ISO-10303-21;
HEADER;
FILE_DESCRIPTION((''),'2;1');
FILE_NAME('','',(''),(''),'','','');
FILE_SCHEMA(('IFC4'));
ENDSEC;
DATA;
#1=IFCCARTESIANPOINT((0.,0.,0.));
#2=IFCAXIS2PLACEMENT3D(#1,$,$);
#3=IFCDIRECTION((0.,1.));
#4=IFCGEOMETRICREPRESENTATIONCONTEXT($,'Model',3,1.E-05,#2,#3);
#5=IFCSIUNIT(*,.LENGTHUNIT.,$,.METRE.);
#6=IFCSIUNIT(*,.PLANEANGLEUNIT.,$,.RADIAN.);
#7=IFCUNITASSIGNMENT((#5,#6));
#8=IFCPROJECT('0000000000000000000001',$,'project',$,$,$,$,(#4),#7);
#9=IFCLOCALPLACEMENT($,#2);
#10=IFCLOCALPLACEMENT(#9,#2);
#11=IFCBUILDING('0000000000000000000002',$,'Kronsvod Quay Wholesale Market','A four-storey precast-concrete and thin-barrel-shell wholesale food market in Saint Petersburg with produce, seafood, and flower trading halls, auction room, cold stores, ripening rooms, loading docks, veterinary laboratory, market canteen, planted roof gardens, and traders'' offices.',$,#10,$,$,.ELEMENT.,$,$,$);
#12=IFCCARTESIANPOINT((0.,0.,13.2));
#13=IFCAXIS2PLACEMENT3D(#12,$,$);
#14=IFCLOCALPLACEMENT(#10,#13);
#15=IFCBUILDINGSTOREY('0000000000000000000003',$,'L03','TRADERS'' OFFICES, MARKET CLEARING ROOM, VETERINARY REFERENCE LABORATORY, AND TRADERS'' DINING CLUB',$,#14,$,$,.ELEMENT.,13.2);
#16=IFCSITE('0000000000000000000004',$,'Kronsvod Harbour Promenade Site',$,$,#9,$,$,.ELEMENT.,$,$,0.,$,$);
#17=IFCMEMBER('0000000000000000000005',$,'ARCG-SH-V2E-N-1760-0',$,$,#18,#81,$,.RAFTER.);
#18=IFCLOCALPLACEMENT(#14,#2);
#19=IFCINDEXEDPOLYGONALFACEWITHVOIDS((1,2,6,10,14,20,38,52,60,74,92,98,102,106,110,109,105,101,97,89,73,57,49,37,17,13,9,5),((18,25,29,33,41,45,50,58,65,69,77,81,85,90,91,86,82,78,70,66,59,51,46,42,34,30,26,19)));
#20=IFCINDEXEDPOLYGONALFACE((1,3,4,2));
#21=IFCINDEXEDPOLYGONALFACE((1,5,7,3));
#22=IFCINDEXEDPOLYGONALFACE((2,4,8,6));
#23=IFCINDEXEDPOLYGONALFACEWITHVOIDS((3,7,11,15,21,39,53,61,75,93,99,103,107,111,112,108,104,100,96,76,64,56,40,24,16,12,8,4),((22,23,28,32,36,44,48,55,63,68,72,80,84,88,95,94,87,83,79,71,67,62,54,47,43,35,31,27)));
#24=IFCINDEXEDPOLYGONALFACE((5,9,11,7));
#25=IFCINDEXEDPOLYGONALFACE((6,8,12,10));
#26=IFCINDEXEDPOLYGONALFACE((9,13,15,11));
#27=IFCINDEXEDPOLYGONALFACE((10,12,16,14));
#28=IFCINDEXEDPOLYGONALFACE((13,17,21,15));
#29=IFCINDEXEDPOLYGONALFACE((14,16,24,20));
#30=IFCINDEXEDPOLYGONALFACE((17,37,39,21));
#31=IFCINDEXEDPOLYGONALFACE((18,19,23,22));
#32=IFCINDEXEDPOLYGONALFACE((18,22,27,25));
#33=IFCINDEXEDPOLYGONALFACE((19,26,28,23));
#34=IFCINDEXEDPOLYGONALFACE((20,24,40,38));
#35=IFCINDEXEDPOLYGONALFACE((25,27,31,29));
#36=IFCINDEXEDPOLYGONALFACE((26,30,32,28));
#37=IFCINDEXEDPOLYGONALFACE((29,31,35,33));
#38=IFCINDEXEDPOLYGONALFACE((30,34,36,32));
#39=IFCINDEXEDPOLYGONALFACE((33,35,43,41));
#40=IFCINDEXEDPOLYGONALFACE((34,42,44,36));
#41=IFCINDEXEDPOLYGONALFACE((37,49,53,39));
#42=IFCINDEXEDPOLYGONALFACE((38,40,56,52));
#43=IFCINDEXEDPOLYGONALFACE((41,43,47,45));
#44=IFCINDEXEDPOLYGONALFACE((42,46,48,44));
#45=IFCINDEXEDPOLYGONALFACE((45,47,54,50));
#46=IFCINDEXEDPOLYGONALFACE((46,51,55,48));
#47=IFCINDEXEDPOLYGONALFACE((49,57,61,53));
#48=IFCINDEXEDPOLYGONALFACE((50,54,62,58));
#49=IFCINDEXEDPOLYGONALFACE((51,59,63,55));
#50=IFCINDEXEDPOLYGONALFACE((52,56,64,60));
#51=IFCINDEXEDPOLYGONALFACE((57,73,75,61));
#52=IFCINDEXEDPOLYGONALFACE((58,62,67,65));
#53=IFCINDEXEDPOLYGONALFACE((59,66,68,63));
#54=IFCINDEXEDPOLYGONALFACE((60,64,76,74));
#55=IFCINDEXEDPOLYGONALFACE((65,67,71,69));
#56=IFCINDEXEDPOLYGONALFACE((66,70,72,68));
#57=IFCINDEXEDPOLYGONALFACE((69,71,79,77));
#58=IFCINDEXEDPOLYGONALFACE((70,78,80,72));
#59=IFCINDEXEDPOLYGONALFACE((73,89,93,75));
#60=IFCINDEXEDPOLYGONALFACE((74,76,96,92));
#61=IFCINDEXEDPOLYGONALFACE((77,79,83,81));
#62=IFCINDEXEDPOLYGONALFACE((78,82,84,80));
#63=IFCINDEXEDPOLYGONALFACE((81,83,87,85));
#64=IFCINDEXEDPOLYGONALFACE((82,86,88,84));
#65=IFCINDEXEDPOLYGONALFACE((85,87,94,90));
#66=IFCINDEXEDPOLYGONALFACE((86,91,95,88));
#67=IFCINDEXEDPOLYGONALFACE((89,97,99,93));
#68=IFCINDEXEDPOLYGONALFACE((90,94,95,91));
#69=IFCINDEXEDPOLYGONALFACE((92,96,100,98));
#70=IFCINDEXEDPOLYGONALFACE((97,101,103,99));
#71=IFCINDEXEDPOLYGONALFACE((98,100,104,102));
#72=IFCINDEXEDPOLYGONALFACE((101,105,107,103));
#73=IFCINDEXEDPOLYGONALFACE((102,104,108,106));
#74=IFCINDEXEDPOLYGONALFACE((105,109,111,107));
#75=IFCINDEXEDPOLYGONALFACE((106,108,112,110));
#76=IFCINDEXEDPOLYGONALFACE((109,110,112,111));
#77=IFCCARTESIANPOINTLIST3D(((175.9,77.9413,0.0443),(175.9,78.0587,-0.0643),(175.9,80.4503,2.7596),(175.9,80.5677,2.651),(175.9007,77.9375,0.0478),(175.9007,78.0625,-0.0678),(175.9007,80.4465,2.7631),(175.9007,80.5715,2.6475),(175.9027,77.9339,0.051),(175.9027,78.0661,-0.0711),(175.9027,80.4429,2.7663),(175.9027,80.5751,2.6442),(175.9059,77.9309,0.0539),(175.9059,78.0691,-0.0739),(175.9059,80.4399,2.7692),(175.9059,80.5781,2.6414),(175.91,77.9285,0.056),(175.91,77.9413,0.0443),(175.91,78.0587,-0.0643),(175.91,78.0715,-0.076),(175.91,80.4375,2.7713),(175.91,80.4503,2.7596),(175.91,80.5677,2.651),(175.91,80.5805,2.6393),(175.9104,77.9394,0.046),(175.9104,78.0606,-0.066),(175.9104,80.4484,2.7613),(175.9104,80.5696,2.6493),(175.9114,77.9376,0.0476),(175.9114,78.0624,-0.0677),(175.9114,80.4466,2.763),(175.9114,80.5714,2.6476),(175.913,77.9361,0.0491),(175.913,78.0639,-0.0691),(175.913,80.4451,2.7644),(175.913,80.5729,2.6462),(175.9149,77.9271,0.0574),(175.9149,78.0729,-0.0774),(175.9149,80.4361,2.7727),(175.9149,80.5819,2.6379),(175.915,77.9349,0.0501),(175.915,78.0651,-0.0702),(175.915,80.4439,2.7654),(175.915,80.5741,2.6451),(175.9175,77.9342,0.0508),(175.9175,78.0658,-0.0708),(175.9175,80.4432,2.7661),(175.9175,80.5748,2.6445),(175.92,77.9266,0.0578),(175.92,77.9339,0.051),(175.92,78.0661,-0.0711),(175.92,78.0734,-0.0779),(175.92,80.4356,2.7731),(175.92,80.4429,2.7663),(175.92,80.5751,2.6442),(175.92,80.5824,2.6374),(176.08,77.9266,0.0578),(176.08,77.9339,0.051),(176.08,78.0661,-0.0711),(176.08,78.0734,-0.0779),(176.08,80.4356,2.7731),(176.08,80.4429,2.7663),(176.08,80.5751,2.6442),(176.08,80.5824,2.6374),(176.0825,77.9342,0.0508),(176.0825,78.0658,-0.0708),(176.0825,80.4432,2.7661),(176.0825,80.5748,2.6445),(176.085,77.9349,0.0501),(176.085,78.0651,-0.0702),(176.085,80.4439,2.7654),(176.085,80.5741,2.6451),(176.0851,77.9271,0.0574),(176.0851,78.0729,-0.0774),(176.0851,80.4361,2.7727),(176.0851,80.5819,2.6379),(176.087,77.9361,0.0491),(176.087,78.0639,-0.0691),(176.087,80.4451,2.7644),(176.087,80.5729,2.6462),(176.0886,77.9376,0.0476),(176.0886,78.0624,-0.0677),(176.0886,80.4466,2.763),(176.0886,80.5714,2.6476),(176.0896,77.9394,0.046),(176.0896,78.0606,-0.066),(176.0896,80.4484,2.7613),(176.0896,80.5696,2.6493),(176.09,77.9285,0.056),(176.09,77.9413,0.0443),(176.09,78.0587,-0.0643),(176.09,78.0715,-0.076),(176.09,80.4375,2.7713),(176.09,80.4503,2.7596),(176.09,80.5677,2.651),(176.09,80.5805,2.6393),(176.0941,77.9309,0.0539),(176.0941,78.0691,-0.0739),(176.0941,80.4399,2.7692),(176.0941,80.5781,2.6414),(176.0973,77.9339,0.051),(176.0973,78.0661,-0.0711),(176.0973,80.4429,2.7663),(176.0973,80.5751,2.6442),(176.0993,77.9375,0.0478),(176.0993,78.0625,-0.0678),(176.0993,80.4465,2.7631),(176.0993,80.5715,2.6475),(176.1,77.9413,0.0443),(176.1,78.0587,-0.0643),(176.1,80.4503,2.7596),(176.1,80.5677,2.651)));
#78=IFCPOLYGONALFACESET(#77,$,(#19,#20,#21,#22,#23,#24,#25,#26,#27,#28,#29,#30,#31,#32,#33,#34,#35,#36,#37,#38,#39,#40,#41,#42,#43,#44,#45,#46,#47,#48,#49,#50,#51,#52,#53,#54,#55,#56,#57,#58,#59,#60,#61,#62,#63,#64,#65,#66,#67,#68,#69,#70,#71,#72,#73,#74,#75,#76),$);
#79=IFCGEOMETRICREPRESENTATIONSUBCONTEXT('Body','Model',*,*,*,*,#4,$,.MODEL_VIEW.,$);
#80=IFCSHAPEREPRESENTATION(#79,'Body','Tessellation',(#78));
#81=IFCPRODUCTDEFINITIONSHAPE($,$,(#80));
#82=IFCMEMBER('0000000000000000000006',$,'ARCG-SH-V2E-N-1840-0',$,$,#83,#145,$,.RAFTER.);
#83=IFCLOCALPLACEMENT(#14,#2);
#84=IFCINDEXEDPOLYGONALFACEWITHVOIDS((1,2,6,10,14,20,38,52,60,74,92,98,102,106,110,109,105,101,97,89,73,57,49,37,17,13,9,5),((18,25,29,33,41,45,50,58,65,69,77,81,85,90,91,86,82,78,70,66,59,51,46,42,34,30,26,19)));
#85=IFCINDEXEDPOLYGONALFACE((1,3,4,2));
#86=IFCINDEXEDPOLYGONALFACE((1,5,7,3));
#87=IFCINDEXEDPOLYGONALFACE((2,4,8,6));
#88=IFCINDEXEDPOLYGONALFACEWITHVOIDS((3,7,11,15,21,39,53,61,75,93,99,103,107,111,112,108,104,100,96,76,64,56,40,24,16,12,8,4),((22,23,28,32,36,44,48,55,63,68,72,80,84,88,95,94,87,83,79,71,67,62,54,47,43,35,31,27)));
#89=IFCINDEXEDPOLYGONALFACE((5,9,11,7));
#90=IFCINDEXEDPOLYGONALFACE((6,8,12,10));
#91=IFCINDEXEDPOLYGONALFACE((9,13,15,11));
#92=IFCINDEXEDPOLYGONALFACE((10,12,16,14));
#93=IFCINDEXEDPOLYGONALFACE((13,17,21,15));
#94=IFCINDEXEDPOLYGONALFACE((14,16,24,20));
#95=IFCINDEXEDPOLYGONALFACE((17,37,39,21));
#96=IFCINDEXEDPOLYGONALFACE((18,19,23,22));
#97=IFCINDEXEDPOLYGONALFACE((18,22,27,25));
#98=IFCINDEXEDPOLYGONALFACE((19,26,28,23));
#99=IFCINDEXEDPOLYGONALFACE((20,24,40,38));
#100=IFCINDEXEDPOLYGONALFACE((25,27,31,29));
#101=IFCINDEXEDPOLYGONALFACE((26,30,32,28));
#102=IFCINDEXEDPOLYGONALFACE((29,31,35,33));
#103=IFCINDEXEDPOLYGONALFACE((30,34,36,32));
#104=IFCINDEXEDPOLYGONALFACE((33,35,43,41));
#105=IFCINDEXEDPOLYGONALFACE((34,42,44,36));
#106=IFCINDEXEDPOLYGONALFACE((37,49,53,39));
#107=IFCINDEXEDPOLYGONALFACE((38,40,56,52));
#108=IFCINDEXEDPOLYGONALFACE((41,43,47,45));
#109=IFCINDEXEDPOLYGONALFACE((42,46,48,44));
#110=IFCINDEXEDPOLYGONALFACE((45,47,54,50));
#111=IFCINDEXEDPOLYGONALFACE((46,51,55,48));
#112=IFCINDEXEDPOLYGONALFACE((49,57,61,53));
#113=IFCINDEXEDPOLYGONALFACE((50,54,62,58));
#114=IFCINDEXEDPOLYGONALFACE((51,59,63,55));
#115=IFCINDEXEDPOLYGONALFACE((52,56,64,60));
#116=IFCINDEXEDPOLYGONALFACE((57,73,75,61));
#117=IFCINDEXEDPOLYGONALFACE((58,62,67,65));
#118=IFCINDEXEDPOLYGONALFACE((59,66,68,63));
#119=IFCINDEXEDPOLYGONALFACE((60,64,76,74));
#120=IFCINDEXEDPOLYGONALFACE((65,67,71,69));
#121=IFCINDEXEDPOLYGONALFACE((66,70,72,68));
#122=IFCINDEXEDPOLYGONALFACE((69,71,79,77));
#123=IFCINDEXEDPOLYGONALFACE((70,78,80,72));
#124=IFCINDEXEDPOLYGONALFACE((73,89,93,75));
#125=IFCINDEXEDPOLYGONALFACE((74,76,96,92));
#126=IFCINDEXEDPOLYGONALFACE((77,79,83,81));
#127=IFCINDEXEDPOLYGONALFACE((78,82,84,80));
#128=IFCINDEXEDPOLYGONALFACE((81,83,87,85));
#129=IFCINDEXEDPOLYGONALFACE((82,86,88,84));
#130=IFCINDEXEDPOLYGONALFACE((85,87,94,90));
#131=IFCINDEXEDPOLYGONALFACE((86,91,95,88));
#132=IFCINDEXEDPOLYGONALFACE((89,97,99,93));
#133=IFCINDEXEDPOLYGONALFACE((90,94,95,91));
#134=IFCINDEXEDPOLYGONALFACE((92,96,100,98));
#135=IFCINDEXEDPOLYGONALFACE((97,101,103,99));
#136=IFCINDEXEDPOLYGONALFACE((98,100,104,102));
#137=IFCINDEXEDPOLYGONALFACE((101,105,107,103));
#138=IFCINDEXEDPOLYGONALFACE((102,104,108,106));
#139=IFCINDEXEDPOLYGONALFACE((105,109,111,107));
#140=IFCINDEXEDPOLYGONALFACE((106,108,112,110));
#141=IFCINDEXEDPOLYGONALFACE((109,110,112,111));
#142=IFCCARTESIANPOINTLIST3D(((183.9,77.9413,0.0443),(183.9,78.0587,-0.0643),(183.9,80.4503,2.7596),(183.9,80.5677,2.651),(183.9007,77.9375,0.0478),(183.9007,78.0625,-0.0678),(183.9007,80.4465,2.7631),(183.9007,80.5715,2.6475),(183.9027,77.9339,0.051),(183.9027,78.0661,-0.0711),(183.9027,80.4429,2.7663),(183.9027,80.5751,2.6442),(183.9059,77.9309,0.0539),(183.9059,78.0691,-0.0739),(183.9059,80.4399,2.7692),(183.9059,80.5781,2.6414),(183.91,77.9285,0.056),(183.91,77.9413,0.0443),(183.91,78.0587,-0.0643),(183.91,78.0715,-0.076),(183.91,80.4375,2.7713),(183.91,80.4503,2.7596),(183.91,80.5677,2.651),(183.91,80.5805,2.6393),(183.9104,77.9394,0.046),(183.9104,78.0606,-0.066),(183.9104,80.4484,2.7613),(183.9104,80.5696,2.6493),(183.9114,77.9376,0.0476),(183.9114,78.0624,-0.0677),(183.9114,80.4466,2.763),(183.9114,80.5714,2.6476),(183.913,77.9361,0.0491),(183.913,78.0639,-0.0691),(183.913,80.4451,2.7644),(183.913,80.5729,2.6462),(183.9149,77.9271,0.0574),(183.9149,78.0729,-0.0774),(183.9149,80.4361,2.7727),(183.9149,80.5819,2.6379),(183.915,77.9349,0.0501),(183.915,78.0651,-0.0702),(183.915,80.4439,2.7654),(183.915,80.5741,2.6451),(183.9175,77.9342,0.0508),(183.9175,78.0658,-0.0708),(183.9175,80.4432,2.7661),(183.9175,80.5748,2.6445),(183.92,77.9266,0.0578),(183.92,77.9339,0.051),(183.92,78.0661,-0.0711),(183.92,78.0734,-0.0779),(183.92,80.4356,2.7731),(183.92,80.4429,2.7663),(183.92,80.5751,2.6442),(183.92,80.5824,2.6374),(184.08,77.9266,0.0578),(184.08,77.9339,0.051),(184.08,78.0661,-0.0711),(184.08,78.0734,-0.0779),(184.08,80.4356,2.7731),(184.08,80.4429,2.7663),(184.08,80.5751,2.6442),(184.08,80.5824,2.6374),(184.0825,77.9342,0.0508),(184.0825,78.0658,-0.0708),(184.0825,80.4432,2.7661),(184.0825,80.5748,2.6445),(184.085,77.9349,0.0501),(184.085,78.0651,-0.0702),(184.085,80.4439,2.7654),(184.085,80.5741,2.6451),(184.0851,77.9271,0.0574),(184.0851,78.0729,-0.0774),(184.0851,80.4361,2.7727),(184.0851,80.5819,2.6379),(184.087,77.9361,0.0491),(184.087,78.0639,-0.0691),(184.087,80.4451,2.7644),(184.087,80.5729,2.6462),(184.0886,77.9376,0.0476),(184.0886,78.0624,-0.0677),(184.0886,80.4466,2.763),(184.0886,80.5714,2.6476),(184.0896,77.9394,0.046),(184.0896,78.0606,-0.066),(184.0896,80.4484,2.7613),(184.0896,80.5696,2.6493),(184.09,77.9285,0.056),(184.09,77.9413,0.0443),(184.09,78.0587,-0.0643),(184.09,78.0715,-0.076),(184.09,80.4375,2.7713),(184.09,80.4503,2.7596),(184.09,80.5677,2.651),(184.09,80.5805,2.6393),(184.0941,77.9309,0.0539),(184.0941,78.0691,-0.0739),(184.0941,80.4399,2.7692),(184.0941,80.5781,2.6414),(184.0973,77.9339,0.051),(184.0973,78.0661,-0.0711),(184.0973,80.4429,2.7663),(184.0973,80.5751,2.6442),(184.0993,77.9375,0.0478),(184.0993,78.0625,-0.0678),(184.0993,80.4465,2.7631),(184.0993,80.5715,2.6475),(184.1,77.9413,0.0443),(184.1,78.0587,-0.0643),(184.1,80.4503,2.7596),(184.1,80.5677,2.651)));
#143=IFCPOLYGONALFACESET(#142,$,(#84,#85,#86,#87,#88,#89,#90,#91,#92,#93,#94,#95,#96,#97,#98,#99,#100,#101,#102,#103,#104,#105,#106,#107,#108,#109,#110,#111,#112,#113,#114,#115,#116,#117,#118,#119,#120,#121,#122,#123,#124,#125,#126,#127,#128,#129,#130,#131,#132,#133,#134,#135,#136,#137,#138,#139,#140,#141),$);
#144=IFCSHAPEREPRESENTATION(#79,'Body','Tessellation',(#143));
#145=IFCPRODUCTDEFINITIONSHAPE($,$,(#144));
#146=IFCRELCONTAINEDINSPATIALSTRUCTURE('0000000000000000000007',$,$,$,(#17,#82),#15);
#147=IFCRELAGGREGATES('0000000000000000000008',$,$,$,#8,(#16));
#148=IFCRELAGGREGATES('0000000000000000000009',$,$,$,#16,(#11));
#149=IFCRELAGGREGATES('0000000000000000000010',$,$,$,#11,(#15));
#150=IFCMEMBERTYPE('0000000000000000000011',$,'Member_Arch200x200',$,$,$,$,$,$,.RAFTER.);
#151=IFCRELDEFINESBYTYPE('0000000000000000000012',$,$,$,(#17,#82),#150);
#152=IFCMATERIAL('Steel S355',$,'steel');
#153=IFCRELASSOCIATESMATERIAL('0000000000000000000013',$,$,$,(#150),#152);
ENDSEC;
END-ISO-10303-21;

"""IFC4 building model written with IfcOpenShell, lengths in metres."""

from ifc_helpers import new_model, si_unit, direction, frame, origin, origin_2d, place, context, subcontext, project, spatial, hollow_rectangle, extrude, material, material_profile, profile_set, type_object, element, save


model = new_model("IFC4")

# Units and contexts
model_context = context("Model", 3, precision=1e-05, world=origin(), true_north=direction((0.0, 1.0)))
body_context = subcontext(model_context, "Body", "Model", "MODEL_VIEW")
ifc_project = project(units=[si_unit("LENGTHUNIT", "METRE"), si_unit("PLANEANGLEUNIT", "RADIAN")], contexts=[model_context])

# Site, building, storey
site_placement = place(None, origin())
site = spatial("IfcSite", under=ifc_project, at=site_placement, Name="Kronsvod Harbour Promenade Site", CompositionType="ELEMENT", RefElevation=0.0)
building_placement = place(site_placement, origin())
building = spatial("IfcBuilding", under=site, at=building_placement, Name="Kronsvod Quay Wholesale Market", Description="A four-storey precast-concrete and thin-barrel-shell wholesale food market in Saint Petersburg with produce, seafood, and flower trading halls, auction room, cold stores, ripening rooms, loading docks, veterinary laboratory, market canteen, planted roof gardens, and traders' offices.", CompositionType="ELEMENT")
storey_placement = place(building_placement, frame((0.0, 0.0, 13.2)))
storey = spatial("IfcBuildingStorey", under=building, at=storey_placement, Name="L03", Description="TRADERS' OFFICES, MARKET CLEARING ROOM, VETERINARY REFERENCE LABORATORY, AND TRADERS' DINING CLUB", CompositionType="ELEMENT", Elevation=13.2)

# Members
ifc_material_1 = material(Name="Steel S355", Category="steel")
ifc_material_profile_1 = material_profile(ifc_material_1, hollow_rectangle(XDim=0.2, YDim=0.2, WallThickness=0.01, InnerFilletRadius=0.01, OuterFilletRadius=0.02, at=origin_2d()), Name="RHS200x200x10")
ifc_profile_set_1 = profile_set([ifc_material_profile_1], Name="Steel S355")
member_type_1 = type_object("IfcMemberType", Name="Member_Arch200x200", PredefinedType="RAFTER", material=ifc_profile_set_1)
for number, where, z_axis, x_axis, name in (
    (1, (176.0, 78.0, -0.01), (0.0, 0.678656, 0.734456), (-1.0, 0.0, 0.0), "ARCG-SH-V2E-N-1760-0"),
    (2, (184.0, 78.0, -0.01), (0.0, 0.678656, 0.734456), (-1.0, 0.0, 0.0), "ARCG-SH-V2E-N-1840-0"),
):
    element("IfcMember", number, at=place(storey_placement, frame(where, z_axis=z_axis, x_axis=x_axis)), inside=storey, type_object=member_type_1, Name=name, PredefinedType="RAFTER", context=body_context, shape_type="SweptSolid", body=[
        extrude(hollow_rectangle(XDim=0.2, YDim=0.2, WallThickness=0.01, InnerFilletRadius=0.01, OuterFilletRadius=0.02, at=origin_2d()), origin(), (0.0, 0.0, 1.0), 3.697),
    ])

save(model, "model.ifc")
